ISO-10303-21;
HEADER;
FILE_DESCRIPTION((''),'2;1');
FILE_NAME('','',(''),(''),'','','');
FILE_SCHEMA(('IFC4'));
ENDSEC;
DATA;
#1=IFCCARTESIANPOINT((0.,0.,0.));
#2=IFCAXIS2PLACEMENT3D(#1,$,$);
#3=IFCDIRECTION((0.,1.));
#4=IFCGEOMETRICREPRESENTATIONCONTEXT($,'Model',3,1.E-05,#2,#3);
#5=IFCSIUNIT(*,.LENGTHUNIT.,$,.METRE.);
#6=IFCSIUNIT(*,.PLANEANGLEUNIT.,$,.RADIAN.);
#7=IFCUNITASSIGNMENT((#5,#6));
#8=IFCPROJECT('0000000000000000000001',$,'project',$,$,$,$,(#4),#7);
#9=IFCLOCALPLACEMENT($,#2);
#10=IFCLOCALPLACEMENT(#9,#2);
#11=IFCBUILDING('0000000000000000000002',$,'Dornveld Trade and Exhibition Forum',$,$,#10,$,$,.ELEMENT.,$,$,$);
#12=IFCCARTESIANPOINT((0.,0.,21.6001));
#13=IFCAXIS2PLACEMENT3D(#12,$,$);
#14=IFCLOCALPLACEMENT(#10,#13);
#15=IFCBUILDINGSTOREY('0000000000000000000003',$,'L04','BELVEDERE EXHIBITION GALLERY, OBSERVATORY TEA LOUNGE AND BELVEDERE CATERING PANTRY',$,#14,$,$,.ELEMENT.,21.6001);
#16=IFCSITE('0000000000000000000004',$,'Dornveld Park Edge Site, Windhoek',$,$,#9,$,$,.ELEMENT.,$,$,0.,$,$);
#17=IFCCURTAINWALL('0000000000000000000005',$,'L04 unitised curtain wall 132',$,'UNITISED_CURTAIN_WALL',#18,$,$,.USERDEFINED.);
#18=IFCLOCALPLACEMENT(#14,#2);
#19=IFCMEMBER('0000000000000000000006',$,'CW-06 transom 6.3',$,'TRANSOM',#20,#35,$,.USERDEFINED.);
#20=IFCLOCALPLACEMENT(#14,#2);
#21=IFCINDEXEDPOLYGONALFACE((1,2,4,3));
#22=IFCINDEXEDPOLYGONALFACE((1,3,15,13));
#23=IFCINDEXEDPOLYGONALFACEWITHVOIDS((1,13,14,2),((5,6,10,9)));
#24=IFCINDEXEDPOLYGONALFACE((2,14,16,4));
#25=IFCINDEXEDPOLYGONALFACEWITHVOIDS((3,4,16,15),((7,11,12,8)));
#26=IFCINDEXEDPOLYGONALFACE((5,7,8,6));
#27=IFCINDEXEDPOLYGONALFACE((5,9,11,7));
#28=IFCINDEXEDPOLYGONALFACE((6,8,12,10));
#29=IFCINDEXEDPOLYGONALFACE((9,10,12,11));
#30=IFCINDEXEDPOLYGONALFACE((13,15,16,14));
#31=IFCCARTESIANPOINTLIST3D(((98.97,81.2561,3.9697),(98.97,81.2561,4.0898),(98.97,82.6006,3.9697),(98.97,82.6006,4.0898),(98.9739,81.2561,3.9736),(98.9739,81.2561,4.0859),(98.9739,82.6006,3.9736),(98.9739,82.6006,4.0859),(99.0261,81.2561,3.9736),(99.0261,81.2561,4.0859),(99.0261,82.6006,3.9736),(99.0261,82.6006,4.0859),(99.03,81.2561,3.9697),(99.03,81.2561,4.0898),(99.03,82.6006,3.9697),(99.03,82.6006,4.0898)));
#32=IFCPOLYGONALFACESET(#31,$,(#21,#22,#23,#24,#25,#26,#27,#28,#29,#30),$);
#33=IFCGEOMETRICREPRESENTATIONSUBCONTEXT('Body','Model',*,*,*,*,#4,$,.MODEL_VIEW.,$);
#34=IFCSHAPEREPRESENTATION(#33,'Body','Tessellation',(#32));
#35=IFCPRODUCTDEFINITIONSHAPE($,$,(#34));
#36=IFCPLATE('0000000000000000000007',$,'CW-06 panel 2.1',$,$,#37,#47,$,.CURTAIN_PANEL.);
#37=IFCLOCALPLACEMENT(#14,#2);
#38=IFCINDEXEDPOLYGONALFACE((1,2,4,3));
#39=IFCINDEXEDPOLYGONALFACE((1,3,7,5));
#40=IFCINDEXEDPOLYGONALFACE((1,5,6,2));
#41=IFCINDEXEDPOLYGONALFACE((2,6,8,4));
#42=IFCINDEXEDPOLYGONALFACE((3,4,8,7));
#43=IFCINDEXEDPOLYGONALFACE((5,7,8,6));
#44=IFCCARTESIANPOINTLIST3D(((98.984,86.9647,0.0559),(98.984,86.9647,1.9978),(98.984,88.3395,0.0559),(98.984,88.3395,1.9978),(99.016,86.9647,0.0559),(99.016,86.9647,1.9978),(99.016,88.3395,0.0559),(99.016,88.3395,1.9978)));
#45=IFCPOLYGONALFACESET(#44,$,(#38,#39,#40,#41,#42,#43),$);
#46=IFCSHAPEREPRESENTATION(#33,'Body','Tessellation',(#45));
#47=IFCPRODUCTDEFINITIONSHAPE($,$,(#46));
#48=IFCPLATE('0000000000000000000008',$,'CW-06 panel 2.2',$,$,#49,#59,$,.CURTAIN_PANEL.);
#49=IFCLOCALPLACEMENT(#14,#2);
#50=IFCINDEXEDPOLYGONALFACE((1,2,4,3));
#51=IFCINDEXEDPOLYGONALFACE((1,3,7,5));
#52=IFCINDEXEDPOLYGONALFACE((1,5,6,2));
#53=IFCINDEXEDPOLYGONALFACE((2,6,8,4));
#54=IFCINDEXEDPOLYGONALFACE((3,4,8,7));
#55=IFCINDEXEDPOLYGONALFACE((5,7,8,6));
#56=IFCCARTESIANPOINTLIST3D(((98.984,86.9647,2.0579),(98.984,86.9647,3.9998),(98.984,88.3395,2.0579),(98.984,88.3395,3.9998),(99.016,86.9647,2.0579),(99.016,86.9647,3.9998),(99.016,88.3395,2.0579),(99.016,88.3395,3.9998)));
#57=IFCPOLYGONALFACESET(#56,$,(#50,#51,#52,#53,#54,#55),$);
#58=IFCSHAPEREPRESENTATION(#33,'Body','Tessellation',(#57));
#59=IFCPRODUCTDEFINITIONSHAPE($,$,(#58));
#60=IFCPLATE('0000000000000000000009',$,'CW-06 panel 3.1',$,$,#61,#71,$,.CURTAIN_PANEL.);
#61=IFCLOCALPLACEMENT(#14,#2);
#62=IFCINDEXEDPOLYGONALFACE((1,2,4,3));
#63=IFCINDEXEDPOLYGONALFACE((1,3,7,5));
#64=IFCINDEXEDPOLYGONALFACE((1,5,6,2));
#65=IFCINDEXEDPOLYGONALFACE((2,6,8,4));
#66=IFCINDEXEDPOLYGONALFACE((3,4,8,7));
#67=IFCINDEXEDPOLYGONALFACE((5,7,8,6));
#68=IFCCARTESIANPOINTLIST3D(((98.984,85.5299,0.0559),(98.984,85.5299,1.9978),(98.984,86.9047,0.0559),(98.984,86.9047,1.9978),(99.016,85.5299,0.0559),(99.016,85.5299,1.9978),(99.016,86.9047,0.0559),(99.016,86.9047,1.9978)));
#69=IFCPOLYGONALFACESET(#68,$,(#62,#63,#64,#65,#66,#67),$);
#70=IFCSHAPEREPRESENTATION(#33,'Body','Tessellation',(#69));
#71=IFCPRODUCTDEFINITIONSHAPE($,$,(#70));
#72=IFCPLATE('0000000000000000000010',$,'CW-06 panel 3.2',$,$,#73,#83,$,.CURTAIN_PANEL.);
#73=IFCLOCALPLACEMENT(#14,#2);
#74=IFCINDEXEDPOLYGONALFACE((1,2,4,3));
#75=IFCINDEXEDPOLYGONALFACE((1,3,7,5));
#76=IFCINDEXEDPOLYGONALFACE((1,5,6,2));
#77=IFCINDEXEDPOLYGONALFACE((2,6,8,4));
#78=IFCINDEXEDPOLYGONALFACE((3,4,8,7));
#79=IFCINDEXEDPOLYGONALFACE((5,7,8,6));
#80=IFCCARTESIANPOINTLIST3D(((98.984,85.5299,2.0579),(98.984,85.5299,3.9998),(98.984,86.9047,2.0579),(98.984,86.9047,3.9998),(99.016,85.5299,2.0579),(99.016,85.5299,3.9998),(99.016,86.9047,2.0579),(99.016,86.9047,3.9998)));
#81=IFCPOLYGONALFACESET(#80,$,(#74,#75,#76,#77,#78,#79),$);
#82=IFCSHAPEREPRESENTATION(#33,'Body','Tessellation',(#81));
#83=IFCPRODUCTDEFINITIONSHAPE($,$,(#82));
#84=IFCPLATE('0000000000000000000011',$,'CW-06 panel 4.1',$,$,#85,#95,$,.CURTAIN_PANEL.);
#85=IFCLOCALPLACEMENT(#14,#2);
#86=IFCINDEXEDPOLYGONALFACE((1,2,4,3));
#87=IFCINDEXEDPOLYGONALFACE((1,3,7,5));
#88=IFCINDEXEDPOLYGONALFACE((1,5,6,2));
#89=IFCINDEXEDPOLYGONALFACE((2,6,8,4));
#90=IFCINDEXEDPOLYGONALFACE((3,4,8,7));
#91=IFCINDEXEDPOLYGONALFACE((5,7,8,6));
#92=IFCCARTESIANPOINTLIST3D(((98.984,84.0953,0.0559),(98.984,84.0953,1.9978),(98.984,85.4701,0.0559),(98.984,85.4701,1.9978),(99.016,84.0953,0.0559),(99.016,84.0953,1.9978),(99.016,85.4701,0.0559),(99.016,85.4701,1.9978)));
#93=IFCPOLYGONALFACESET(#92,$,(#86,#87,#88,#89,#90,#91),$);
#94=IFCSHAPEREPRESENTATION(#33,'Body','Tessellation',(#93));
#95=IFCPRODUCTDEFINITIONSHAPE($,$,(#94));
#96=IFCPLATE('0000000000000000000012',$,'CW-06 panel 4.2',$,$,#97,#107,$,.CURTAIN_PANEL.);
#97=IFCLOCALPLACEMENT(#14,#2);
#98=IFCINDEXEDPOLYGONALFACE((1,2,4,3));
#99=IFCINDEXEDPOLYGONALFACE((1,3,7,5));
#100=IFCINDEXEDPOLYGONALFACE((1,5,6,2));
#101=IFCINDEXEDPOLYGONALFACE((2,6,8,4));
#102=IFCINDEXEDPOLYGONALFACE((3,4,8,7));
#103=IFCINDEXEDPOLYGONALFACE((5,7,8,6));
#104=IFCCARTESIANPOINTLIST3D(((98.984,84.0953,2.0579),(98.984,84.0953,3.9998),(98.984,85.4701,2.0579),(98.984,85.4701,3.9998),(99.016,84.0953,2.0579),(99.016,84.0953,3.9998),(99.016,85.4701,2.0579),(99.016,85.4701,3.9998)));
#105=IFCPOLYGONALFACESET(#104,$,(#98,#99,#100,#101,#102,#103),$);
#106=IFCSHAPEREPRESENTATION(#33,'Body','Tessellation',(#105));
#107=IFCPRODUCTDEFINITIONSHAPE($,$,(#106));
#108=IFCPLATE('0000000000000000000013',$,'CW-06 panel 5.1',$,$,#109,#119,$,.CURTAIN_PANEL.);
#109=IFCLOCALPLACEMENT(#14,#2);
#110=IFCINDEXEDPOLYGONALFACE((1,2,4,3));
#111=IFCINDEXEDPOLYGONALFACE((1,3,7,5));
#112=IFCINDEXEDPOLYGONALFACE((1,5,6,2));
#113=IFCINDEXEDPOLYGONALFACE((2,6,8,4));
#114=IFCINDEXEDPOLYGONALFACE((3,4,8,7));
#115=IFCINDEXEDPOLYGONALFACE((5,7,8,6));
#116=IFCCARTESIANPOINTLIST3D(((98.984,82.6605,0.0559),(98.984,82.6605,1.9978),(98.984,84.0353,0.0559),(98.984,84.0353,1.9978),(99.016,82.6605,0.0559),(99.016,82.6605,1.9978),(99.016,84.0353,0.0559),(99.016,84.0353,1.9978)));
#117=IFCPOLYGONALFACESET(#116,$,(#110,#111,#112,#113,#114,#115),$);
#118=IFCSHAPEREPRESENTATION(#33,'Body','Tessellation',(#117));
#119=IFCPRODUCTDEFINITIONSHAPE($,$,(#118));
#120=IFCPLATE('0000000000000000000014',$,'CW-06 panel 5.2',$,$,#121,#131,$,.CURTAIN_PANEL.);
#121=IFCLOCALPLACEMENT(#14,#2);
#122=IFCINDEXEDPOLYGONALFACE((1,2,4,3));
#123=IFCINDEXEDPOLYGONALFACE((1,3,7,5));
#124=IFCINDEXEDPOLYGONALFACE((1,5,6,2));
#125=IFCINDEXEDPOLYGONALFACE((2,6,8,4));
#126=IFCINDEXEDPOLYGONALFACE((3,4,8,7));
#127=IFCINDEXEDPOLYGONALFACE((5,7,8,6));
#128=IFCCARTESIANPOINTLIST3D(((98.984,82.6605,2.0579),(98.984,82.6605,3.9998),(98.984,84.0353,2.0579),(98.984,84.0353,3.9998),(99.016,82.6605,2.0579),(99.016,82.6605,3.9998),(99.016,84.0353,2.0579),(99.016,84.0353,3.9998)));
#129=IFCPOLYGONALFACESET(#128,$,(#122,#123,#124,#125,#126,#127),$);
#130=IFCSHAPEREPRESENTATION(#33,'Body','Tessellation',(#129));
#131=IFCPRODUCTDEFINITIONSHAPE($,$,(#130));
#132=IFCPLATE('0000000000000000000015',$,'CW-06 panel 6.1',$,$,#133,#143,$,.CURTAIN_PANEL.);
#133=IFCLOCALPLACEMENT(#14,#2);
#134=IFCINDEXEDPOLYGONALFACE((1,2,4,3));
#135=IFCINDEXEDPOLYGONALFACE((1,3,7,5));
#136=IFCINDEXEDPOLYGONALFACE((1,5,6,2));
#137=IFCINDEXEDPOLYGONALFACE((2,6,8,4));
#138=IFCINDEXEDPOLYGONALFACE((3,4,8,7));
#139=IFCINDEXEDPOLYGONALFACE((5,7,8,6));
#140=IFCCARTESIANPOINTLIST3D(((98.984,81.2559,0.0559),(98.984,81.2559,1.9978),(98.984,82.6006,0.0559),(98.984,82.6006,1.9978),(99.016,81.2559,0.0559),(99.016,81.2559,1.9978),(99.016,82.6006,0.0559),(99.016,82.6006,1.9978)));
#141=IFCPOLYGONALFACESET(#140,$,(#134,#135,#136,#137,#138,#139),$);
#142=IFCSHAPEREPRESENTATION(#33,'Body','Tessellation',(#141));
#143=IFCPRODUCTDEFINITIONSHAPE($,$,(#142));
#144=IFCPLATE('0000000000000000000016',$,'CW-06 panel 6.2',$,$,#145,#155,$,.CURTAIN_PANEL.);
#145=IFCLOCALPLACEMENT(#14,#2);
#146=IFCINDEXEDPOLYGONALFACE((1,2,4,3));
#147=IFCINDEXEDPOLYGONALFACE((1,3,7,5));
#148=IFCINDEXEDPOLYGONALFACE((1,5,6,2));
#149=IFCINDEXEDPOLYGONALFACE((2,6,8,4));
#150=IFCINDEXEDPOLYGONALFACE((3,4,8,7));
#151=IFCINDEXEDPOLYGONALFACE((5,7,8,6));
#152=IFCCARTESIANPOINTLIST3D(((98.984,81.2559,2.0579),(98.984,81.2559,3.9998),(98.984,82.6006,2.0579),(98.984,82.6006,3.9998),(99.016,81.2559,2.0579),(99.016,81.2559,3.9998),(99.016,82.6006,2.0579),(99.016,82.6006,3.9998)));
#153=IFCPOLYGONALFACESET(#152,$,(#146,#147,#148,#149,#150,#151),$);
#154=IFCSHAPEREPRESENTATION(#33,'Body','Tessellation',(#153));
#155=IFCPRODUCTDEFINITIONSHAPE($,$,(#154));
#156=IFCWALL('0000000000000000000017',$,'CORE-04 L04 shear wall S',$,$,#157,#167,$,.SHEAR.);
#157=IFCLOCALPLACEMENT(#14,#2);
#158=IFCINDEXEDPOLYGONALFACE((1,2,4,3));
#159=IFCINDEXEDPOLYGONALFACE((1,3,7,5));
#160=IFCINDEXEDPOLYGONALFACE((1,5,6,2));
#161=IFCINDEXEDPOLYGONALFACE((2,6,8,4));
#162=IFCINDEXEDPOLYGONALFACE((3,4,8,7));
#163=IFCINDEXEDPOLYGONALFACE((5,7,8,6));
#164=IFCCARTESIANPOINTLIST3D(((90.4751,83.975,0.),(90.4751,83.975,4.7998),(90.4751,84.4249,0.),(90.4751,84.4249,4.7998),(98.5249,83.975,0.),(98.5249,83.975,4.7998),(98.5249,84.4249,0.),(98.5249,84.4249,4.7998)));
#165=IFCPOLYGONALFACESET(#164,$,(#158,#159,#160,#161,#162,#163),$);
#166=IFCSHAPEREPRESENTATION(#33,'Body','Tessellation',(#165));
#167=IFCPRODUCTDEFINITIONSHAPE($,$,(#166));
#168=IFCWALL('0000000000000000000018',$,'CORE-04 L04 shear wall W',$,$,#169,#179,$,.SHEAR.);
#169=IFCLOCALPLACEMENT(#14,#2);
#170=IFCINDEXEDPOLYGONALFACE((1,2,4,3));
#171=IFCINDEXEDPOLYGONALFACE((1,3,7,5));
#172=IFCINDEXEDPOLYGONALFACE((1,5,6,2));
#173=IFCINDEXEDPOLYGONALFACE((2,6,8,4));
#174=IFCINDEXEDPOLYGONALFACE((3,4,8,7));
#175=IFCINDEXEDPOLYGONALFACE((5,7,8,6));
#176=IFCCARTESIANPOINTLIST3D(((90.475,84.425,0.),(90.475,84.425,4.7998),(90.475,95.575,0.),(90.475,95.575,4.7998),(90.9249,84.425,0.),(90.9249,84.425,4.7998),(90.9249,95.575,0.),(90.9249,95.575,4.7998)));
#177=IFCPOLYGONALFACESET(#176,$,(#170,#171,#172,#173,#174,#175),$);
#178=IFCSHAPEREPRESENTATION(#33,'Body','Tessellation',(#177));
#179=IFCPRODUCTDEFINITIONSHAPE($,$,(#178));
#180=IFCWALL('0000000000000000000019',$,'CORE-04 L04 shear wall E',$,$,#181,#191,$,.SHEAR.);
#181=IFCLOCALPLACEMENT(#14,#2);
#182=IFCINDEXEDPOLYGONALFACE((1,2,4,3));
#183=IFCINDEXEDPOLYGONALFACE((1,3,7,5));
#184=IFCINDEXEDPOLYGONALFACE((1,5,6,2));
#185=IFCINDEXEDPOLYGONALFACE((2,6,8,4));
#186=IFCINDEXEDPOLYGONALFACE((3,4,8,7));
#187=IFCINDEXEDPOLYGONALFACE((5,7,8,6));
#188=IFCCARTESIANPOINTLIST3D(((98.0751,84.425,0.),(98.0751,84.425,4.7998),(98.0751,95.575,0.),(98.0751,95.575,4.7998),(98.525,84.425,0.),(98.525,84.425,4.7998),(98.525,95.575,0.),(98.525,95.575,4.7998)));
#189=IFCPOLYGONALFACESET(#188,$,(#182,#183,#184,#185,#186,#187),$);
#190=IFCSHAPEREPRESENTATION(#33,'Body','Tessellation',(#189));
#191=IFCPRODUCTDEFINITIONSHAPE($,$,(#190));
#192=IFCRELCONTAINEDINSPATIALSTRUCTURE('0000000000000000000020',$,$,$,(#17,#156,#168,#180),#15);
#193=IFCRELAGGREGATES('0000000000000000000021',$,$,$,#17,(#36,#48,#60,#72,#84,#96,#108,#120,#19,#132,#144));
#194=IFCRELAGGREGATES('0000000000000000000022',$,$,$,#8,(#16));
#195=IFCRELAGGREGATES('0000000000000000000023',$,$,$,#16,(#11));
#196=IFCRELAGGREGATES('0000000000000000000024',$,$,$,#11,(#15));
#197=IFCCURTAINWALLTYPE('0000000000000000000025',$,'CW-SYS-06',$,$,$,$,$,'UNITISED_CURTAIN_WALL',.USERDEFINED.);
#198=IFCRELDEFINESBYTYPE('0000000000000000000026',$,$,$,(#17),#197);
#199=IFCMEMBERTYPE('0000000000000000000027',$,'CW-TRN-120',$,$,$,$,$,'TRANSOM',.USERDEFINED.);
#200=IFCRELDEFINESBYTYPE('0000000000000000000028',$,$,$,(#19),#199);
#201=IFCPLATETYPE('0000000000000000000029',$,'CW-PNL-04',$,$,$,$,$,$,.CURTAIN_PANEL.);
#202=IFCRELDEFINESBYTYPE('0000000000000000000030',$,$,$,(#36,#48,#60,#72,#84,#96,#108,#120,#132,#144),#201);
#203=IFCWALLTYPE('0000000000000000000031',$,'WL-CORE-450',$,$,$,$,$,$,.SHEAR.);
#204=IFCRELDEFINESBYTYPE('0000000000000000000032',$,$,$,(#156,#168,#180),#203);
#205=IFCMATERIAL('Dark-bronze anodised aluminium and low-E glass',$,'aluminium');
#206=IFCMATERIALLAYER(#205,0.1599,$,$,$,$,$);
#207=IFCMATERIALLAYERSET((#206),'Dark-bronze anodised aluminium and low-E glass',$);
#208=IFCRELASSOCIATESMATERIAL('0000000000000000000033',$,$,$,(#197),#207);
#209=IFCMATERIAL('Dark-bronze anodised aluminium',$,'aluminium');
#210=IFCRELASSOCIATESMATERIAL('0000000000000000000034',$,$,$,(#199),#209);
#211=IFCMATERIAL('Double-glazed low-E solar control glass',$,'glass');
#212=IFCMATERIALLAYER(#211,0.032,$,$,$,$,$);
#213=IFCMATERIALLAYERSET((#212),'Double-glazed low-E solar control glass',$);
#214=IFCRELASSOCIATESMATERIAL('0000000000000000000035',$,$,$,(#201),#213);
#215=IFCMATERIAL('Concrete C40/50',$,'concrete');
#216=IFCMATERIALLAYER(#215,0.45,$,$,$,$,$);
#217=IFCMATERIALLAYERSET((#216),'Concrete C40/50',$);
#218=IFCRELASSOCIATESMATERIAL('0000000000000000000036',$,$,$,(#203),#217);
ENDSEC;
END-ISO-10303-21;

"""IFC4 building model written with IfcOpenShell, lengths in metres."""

from ifc_helpers import new_model, si_unit, direction, frame, frame_2d, origin, origin_2d, place, context, subcontext, project, spatial, rectangle, hollow_rectangle, extrude, material, layer, layer_set, material_profile, profile_set, type_object, element, aggregate, save


model = new_model("IFC4")

# Units and contexts
model_context = context("Model", 3, precision=1e-05, world=origin(), true_north=direction((0.0, 1.0)))
body_context = subcontext(model_context, "Body", "Model", "MODEL_VIEW")
ifc_project = project(units=[si_unit("LENGTHUNIT", "METRE"), si_unit("PLANEANGLEUNIT", "RADIAN")], contexts=[model_context])

# Site, building, storey
site_placement = place(None, origin())
site = spatial("IfcSite", under=ifc_project, at=site_placement, Name="Dornveld Park Edge Site, Windhoek", CompositionType="ELEMENT", RefElevation=0.0)
building_placement = place(site_placement, origin())
building = spatial("IfcBuilding", under=site, at=building_placement, Name="Dornveld Trade and Exhibition Forum", CompositionType="ELEMENT")
storey_placement = place(building_placement, frame((0.0, 0.0, 21.6001)))
storey = spatial("IfcBuildingStorey", under=building, at=storey_placement, Name="L04", Description="BELVEDERE EXHIBITION GALLERY, OBSERVATORY TEA LOUNGE AND BELVEDERE CATERING PANTRY", CompositionType="ELEMENT", Elevation=21.6001)

# Curtain wall, member, plates
ifc_material_1 = material(Name="Dark-bronze anodised aluminium and low-E glass", Category="aluminium")
ifc_layer_1 = layer(ifc_material_1, 0.1599)
ifc_layer_set_1 = layer_set([ifc_layer_1], Name="Dark-bronze anodised aluminium and low-E glass")
curtain_wall_type = type_object("IfcCurtainWallType", Name="CW-SYS-06", ElementType="UNITISED_CURTAIN_WALL", PredefinedType="USERDEFINED", material=ifc_layer_set_1)
curtain_wall_placement = place(storey_placement, origin())
curtain_wall = element("IfcCurtainWall", 1, at=curtain_wall_placement, inside=storey, type_object=curtain_wall_type, Name="L04 unitised curtain wall 132", ObjectType="UNITISED_CURTAIN_WALL", PredefinedType="USERDEFINED")
ifc_material_2 = material(Name="Dark-bronze anodised aluminium", Category="aluminium")
ifc_material_profile_1 = material_profile(ifc_material_2, hollow_rectangle(XDim=0.0601, YDim=0.1201, WallThickness=0.0039, at=origin_2d()), Name="RHS 120x60x4")
ifc_profile_set_1 = profile_set([ifc_material_profile_1], Name="Dark-bronze anodised aluminium")
member_type_1 = type_object("IfcMemberType", Name="CW-TRN-120", ElementType="TRANSOM", PredefinedType="USERDEFINED", material=ifc_profile_set_1)
member_1_placement = place(storey_placement, frame((99.0, 82.6006, 4.0298), z_axis=(0.0, -1.0, 0.0), x_axis=(1.0, 0.0, 0.0)))
member_1 = element("IfcMember", 2, at=member_1_placement, type_object=member_type_1, Name="CW-06 transom 6.3", ObjectType="TRANSOM", PredefinedType="USERDEFINED", context=body_context, shape_type="SweptSolid", body=[
    extrude(hollow_rectangle(XDim=0.0601, YDim=0.1201, WallThickness=0.0039, at=origin_2d()), origin(), (0.0, 0.0, 1.0), 1.3445),
])
ifc_material_3 = material(Name="Double-glazed low-E solar control glass", Category="glass")
ifc_layer_2 = layer(ifc_material_3, 0.032)
ifc_layer_set_2 = layer_set([ifc_layer_2], Name="Double-glazed low-E solar control glass")
plate_type = type_object("IfcPlateType", Name="CW-PNL-04", PredefinedType="CURTAIN_PANEL", material=ifc_layer_set_2)
plate_1_placement = place(storey_placement, frame((99.0, 87.6521, 0.0559), z_axis=(0.0, 0.0, 1.0), x_axis=(0.0, -1.0, 0.0)))
plate_1 = element("IfcPlate", 3, at=plate_1_placement, type_object=plate_type, Name="CW-06 panel 2.1", PredefinedType="CURTAIN_PANEL", context=body_context, shape_type="SweptSolid", body=[
    extrude(rectangle(XDim=1.3748, YDim=0.032, at=origin_2d()), origin(), (0.0, 0.0, 1.0), 1.9419),
])
plate_2_placement = place(storey_placement, frame((99.0, 87.6521, 2.0579), z_axis=(0.0, 0.0, 1.0), x_axis=(0.0, -1.0, 0.0)))
plate_2 = element("IfcPlate", 4, at=plate_2_placement, type_object=plate_type, Name="CW-06 panel 2.2", PredefinedType="CURTAIN_PANEL", context=body_context, shape_type="SweptSolid", body=[
    extrude(rectangle(XDim=1.3748, YDim=0.032, at=origin_2d()), origin(), (0.0, 0.0, 1.0), 1.9419),
])
plate_3_placement = place(storey_placement, frame((99.0, 86.2173, 0.0559), z_axis=(0.0, 0.0, 1.0), x_axis=(0.0, -1.0, 0.0)))
plate_3 = element("IfcPlate", 5, at=plate_3_placement, type_object=plate_type, Name="CW-06 panel 3.1", PredefinedType="CURTAIN_PANEL", context=body_context, shape_type="SweptSolid", body=[
    extrude(rectangle(XDim=1.3748, YDim=0.032, at=origin_2d()), origin(), (0.0, 0.0, 1.0), 1.9419),
])
plate_4_placement = place(storey_placement, frame((99.0, 86.2173, 2.0579), z_axis=(0.0, 0.0, 1.0), x_axis=(0.0, -1.0, 0.0)))
plate_4 = element("IfcPlate", 6, at=plate_4_placement, type_object=plate_type, Name="CW-06 panel 3.2", PredefinedType="CURTAIN_PANEL", context=body_context, shape_type="SweptSolid", body=[
    extrude(rectangle(XDim=1.3748, YDim=0.032, at=origin_2d()), origin(), (0.0, 0.0, 1.0), 1.9419),
])
plate_5_placement = place(storey_placement, frame((99.0, 84.7827, 0.0559), z_axis=(0.0, 0.0, 1.0), x_axis=(0.0, -1.0, 0.0)))
plate_5 = element("IfcPlate", 7, at=plate_5_placement, type_object=plate_type, Name="CW-06 panel 4.1", PredefinedType="CURTAIN_PANEL", context=body_context, shape_type="SweptSolid", body=[
    extrude(rectangle(XDim=1.3748, YDim=0.032, at=origin_2d()), origin(), (0.0, 0.0, 1.0), 1.9419),
])
plate_6_placement = place(storey_placement, frame((99.0, 84.7827, 2.0579), z_axis=(0.0, 0.0, 1.0), x_axis=(0.0, -1.0, 0.0)))
plate_6 = element("IfcPlate", 8, at=plate_6_placement, type_object=plate_type, Name="CW-06 panel 4.2", PredefinedType="CURTAIN_PANEL", context=body_context, shape_type="SweptSolid", body=[
    extrude(rectangle(XDim=1.3748, YDim=0.032, at=origin_2d()), origin(), (0.0, 0.0, 1.0), 1.9419),
])
plate_7_placement = place(storey_placement, frame((99.0, 83.3479, 0.0559), z_axis=(0.0, 0.0, 1.0), x_axis=(0.0, -1.0, 0.0)))
plate_7 = element("IfcPlate", 9, at=plate_7_placement, type_object=plate_type, Name="CW-06 panel 5.1", PredefinedType="CURTAIN_PANEL", context=body_context, shape_type="SweptSolid", body=[
    extrude(rectangle(XDim=1.3748, YDim=0.032, at=origin_2d()), origin(), (0.0, 0.0, 1.0), 1.9419),
])
plate_8_placement = place(storey_placement, frame((99.0, 83.3479, 2.0579), z_axis=(0.0, 0.0, 1.0), x_axis=(0.0, -1.0, 0.0)))
plate_8 = element("IfcPlate", 10, at=plate_8_placement, type_object=plate_type, Name="CW-06 panel 5.2", PredefinedType="CURTAIN_PANEL", context=body_context, shape_type="SweptSolid", body=[
    extrude(rectangle(XDim=1.3748, YDim=0.032, at=origin_2d()), origin(), (0.0, 0.0, 1.0), 1.9419),
])
plate_9_placement = place(storey_placement, frame((99.0, 81.9282, 0.0559), z_axis=(0.0, 0.0, 1.0), x_axis=(0.0, -1.0, 0.0)))
plate_9 = element("IfcPlate", 11, at=plate_9_placement, type_object=plate_type, Name="CW-06 panel 6.1", PredefinedType="CURTAIN_PANEL", context=body_context, shape_type="SweptSolid", body=[
    extrude(rectangle(XDim=1.3447, YDim=0.032, at=origin_2d()), origin(), (0.0, 0.0, 1.0), 1.9419),
])
plate_10_placement = place(storey_placement, frame((99.0, 81.9282, 2.0579), z_axis=(0.0, 0.0, 1.0), x_axis=(0.0, -1.0, 0.0)))
plate_10 = element("IfcPlate", 12, at=plate_10_placement, type_object=plate_type, Name="CW-06 panel 6.2", PredefinedType="CURTAIN_PANEL", context=body_context, shape_type="SweptSolid", body=[
    extrude(rectangle(XDim=1.3447, YDim=0.032, at=origin_2d()), origin(), (0.0, 0.0, 1.0), 1.9419),
])
aggregate(curtain_wall, [plate_1, plate_2, plate_3, plate_4, plate_5, plate_6, plate_7, plate_8, member_1, plate_9, plate_10])

# Walls
ifc_material_4 = material(Name="Concrete C40/50", Category="concrete")
ifc_layer_3 = layer(ifc_material_4, 0.45)
ifc_layer_set_3 = layer_set([ifc_layer_3], Name="Concrete C40/50")
wall_type_1 = type_object("IfcWallType", Name="WL-CORE-450", PredefinedType="SHEAR", material=ifc_layer_set_3)
wall_1_placement = place(storey_placement, frame((90.4751, 84.2, 0.0), z_axis=(0.0, 0.0, 1.0), x_axis=(1.0, 0.0, 0.0)))
element("IfcWall", 13, at=wall_1_placement, inside=storey, type_object=wall_type_1, Name="CORE-04 L04 shear wall S", PredefinedType="SHEAR", context=body_context, shape_type="SweptSolid", body=[
    extrude(rectangle(XDim=8.0498, YDim=0.45, at=frame_2d((4.0249, 0.0))), origin(), (0.0, 0.0, 1.0), 4.7998),
])
for number, where, z_axis, x_axis, name in (
    (14, (90.7, 84.425, 0.0), (0.0, 0.0, 1.0), (0.0, 1.0, 0.0), "CORE-04 L04 shear wall W"),
    (15, (98.3, 84.425, 0.0), (0.0, 0.0, 1.0), (0.0, 1.0, 0.0), "CORE-04 L04 shear wall E"),
):
    element("IfcWall", number, at=place(storey_placement, frame(where, z_axis=z_axis, x_axis=x_axis)), inside=storey, type_object=wall_type_1, Name=name, PredefinedType="SHEAR", context=body_context, shape_type="SweptSolid", body=[
        extrude(rectangle(XDim=11.1499, YDim=0.45, at=frame_2d((5.575, 0.0))), origin(), (0.0, 0.0, 1.0), 4.7998),
    ])

save(model, "model.ifc")
